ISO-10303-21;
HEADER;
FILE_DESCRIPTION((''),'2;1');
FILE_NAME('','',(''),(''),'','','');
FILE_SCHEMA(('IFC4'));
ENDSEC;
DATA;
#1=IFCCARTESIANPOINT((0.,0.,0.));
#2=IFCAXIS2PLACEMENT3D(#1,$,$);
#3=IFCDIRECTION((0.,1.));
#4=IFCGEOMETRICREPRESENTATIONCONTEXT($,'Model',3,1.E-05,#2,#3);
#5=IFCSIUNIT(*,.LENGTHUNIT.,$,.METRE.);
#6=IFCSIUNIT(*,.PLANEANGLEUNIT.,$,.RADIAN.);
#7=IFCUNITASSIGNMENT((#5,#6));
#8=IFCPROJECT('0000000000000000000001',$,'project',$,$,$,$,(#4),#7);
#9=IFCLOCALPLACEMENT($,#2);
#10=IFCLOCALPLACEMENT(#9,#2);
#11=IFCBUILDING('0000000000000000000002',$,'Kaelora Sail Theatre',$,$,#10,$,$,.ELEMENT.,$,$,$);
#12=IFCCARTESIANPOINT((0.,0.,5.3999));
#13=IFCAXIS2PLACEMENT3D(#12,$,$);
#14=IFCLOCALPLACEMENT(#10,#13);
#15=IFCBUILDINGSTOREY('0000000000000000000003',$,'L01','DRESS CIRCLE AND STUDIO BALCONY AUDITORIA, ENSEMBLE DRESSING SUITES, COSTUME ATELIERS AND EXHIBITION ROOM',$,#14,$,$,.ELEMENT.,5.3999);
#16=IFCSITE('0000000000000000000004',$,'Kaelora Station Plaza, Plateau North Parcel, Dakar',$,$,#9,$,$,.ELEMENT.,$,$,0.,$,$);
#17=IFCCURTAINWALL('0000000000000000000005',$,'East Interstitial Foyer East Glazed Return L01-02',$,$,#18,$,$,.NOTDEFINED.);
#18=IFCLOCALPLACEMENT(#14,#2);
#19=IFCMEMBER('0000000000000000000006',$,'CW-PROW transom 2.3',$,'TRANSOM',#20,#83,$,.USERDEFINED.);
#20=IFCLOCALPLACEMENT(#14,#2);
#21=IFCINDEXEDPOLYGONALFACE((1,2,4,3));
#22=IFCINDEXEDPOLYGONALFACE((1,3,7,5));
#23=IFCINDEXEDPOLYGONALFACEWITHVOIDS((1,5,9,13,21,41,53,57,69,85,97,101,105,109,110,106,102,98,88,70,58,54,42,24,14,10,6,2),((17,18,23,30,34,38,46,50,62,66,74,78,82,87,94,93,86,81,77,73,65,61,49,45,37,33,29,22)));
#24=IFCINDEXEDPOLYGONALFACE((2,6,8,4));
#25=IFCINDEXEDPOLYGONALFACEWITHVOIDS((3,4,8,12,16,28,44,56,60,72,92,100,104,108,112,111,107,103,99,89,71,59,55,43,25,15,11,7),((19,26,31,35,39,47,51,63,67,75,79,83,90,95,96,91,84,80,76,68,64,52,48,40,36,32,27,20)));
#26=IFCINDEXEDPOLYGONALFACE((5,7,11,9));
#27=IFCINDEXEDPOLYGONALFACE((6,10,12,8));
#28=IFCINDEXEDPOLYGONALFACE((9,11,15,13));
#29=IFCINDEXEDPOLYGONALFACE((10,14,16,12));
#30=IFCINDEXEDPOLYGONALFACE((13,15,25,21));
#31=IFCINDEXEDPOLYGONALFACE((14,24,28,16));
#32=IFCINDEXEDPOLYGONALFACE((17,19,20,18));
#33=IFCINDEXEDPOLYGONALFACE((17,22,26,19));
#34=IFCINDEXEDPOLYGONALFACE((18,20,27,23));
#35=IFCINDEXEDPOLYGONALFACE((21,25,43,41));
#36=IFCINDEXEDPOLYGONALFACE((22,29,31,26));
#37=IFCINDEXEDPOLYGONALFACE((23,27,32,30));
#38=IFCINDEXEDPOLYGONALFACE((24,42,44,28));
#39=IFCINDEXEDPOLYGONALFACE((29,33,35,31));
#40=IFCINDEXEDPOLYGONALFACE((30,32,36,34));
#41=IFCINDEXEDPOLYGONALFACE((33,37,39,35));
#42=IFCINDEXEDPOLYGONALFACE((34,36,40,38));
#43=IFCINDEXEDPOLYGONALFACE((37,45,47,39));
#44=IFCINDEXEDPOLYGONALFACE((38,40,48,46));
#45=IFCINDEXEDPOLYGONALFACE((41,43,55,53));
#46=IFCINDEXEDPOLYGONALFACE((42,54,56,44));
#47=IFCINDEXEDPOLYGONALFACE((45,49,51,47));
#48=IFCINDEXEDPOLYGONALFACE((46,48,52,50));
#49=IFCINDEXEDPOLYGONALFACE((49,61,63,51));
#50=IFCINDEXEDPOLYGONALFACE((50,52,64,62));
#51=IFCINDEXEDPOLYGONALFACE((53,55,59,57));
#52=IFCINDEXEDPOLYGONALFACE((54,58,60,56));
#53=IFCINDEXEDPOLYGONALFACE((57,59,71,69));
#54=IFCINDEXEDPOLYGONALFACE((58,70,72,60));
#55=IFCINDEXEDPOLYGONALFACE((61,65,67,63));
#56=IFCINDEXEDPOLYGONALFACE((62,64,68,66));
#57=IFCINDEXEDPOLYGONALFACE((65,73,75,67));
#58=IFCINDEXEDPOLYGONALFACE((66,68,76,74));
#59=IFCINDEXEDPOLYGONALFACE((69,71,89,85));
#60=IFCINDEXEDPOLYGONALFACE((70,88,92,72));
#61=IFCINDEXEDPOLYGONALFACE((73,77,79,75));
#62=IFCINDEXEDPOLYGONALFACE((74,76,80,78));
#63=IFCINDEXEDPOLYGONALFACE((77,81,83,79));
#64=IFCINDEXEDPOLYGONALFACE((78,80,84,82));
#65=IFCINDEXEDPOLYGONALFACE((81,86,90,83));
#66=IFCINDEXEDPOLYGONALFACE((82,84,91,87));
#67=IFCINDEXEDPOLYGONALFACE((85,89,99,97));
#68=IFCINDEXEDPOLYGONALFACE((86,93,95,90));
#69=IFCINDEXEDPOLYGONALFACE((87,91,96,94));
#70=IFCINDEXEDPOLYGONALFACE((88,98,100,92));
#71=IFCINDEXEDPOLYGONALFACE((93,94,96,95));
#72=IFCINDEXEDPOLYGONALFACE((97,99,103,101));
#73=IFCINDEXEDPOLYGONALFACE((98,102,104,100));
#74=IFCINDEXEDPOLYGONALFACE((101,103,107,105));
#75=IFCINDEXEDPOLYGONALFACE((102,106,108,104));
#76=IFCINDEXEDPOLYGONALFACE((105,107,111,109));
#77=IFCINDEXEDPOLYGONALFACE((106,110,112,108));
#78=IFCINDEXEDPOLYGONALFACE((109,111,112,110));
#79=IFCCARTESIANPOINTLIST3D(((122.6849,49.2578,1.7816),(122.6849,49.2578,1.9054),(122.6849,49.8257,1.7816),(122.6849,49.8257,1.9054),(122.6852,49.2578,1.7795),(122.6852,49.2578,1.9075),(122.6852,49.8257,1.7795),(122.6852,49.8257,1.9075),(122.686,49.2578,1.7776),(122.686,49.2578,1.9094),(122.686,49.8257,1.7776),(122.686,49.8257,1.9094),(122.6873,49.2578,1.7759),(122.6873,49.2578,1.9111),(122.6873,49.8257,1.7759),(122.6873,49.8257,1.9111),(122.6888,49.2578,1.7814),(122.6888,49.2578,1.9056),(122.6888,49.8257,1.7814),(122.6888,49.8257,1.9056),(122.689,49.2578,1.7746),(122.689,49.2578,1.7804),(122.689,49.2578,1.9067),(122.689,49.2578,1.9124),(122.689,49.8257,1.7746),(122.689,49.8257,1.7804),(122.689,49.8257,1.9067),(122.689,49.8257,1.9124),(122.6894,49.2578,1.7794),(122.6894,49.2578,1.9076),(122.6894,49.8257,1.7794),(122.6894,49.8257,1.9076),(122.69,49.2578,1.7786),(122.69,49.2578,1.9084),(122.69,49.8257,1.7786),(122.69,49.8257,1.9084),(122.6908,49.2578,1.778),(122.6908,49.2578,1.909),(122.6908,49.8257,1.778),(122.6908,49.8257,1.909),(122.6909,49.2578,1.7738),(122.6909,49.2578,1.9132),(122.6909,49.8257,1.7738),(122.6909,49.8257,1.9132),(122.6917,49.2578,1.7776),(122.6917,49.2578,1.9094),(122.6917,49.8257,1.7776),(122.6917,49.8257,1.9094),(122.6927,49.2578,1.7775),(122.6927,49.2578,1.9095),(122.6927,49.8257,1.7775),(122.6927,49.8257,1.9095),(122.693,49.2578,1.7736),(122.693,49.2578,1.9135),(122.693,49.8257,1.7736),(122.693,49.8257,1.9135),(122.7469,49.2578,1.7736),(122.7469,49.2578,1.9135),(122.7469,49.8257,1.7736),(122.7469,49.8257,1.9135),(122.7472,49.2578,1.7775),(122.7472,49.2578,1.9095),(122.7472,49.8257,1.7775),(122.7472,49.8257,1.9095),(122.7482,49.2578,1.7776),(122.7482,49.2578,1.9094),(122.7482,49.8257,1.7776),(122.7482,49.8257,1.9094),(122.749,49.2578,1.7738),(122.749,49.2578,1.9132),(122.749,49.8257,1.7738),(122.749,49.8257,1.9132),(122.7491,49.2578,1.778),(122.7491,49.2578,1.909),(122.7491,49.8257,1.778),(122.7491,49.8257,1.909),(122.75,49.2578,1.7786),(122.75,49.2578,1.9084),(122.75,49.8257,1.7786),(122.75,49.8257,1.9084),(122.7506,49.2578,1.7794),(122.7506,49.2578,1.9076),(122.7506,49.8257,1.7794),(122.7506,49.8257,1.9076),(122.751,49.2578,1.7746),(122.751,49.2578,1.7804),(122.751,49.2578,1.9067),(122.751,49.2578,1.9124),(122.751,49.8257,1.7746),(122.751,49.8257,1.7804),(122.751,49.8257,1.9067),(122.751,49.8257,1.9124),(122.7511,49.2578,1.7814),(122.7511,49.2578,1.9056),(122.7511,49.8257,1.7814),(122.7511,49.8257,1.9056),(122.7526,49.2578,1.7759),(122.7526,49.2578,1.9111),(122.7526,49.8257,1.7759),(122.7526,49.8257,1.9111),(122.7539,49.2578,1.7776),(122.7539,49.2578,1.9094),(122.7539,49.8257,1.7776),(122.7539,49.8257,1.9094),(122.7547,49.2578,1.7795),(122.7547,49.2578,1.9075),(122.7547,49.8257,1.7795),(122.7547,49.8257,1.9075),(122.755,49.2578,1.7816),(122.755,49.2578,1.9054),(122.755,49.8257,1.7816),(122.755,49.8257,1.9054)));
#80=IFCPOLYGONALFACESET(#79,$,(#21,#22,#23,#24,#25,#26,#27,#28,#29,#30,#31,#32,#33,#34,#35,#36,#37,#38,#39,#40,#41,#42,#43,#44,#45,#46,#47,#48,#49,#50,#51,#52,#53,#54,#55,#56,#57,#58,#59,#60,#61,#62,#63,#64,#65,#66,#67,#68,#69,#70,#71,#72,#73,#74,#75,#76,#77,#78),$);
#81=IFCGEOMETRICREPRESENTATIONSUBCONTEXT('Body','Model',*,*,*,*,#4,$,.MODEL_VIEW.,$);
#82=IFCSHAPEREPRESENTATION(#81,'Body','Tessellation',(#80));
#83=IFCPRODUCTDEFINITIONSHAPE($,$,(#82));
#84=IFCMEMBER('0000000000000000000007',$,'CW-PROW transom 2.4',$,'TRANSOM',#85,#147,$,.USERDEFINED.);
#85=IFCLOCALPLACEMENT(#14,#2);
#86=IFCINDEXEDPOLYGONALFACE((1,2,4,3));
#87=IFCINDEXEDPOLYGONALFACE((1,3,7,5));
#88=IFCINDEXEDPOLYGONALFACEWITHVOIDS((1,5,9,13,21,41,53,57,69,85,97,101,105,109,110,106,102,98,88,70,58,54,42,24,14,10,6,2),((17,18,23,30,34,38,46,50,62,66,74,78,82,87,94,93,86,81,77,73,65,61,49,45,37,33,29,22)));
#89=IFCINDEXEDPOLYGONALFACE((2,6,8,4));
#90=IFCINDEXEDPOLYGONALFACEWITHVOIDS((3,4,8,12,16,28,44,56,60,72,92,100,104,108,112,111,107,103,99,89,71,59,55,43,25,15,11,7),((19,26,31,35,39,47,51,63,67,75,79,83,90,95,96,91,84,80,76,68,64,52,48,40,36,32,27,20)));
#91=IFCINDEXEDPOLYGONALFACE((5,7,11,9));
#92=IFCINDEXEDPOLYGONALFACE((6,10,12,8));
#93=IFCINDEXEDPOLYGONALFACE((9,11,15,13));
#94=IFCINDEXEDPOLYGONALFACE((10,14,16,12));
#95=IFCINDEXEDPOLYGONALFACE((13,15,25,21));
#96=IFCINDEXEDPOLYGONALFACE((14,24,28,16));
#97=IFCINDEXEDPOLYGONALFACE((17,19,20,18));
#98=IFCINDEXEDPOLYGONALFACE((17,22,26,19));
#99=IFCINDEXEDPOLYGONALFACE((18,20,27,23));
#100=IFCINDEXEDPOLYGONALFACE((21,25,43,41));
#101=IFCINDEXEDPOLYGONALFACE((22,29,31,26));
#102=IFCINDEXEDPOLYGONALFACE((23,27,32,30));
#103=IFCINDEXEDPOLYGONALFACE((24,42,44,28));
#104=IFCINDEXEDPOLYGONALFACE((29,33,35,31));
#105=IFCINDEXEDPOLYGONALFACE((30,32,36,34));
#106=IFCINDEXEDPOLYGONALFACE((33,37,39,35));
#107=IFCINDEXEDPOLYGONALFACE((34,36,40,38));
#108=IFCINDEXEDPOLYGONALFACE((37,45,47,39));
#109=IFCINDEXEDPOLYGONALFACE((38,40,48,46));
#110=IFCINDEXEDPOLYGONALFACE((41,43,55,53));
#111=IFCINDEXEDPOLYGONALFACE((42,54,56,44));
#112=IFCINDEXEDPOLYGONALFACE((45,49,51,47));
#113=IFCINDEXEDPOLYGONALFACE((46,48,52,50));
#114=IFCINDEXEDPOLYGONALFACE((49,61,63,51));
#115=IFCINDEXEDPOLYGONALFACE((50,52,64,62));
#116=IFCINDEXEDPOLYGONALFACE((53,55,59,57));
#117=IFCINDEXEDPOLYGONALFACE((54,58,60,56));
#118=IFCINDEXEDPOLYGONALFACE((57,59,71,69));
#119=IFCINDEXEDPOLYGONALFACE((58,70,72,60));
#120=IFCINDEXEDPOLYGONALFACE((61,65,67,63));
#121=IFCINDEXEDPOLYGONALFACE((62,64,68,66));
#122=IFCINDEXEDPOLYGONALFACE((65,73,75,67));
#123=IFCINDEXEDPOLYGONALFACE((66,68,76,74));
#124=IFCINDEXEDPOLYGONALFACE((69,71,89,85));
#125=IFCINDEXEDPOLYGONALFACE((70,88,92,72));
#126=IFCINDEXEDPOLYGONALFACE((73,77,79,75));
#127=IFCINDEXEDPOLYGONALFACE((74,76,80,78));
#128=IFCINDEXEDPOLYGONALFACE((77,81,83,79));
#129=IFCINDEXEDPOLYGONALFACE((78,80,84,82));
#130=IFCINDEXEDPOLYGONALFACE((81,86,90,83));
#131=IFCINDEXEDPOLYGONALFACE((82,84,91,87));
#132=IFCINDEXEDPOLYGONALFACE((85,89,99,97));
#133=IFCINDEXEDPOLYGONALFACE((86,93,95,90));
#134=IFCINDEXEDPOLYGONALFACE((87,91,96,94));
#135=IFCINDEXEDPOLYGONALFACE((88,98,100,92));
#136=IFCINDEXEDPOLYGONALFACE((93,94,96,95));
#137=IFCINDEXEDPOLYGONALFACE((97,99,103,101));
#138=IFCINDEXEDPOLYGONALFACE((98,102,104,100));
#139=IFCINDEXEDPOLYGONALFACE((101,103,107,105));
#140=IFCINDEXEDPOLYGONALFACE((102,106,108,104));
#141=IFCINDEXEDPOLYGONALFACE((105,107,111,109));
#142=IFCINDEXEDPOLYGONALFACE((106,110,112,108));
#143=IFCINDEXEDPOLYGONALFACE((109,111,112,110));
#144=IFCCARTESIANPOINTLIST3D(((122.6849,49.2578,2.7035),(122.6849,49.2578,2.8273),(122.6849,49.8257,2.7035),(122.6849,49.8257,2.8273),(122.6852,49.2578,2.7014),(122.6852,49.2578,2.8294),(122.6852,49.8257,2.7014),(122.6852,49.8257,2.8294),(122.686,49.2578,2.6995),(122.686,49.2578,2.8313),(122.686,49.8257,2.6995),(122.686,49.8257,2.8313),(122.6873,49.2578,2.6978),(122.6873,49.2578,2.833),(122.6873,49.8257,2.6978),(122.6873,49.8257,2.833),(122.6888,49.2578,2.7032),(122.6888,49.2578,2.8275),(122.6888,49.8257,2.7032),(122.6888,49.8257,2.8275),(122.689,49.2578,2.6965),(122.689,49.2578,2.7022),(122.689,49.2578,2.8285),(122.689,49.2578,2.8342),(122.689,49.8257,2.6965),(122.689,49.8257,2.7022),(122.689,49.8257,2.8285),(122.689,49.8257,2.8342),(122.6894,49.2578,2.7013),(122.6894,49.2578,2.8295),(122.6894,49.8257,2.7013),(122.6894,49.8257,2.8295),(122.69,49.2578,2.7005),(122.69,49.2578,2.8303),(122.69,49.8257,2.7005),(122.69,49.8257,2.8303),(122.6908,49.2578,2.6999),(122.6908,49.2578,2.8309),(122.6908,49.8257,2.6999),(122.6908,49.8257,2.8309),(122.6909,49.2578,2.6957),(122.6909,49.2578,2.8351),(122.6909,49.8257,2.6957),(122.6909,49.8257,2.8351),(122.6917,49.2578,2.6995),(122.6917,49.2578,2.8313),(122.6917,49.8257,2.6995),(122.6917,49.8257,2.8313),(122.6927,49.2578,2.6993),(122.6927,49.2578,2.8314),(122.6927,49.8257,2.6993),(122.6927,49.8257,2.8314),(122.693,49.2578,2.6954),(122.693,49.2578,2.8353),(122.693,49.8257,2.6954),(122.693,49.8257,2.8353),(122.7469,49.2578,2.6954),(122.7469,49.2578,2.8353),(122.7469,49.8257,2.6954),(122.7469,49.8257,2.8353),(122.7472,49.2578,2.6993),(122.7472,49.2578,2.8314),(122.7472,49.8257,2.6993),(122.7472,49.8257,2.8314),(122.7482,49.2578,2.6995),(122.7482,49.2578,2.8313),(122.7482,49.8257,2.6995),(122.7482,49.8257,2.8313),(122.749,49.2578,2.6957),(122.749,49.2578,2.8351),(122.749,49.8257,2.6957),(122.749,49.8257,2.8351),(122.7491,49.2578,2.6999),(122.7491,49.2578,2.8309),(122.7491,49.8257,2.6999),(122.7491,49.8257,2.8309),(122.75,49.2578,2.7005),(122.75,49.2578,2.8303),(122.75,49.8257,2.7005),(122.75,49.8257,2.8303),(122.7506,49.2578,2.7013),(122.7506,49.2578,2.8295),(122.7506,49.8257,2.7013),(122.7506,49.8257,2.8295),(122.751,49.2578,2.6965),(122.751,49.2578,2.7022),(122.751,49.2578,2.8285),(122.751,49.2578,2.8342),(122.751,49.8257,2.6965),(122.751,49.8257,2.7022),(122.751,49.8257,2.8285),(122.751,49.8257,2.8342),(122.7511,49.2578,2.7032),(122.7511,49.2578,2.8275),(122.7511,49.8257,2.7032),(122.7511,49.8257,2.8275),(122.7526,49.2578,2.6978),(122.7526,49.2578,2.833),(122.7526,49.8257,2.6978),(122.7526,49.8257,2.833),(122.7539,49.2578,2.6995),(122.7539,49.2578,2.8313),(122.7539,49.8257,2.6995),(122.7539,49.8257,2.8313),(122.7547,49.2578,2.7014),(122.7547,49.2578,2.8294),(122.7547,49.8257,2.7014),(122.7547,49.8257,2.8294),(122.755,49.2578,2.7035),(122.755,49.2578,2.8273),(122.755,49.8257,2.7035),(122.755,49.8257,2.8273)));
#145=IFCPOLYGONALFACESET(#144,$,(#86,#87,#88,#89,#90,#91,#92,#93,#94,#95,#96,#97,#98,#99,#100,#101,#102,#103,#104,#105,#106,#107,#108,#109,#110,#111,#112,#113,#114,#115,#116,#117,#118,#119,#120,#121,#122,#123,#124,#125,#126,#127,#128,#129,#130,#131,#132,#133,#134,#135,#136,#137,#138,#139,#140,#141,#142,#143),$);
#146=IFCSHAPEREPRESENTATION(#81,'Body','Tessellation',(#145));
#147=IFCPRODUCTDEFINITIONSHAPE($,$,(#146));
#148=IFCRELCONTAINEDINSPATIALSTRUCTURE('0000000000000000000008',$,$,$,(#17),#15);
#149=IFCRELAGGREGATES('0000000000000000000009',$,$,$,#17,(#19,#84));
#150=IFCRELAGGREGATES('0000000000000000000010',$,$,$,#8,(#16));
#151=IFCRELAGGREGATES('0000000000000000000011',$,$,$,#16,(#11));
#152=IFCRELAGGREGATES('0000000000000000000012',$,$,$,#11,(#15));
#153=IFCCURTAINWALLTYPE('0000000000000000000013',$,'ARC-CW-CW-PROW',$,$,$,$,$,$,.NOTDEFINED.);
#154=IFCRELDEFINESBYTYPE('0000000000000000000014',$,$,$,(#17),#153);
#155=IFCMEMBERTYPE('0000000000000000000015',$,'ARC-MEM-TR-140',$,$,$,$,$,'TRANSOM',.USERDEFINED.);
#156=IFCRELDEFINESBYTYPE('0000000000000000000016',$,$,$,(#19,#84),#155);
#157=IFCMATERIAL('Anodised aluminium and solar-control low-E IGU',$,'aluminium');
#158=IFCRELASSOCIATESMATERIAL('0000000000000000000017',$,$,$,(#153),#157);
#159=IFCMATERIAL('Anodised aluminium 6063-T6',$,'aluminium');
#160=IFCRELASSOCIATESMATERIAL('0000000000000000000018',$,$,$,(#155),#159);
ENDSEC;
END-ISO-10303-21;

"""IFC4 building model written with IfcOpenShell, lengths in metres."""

from ifc_helpers import new_model, si_unit, direction, frame, origin, origin_2d, place, context, subcontext, project, spatial, hollow_rectangle, extrude, material, material_profile, profile_set, type_object, element, aggregate, save


model = new_model("IFC4")

# Units and contexts
model_context = context("Model", 3, precision=1e-05, world=origin(), true_north=direction((0.0, 1.0)))
body_context = subcontext(model_context, "Body", "Model", "MODEL_VIEW")
ifc_project = project(units=[si_unit("LENGTHUNIT", "METRE"), si_unit("PLANEANGLEUNIT", "RADIAN")], contexts=[model_context])

# Site, building, storey
site_placement = place(None, origin())
site = spatial("IfcSite", under=ifc_project, at=site_placement, Name="Kaelora Station Plaza, Plateau North Parcel, Dakar", CompositionType="ELEMENT", RefElevation=0.0)
building_placement = place(site_placement, origin())
building = spatial("IfcBuilding", under=site, at=building_placement, Name="Kaelora Sail Theatre", CompositionType="ELEMENT")
storey_placement = place(building_placement, frame((0.0, 0.0, 5.3999)))
storey = spatial("IfcBuildingStorey", under=building, at=storey_placement, Name="L01", Description="DRESS CIRCLE AND STUDIO BALCONY AUDITORIA, ENSEMBLE DRESSING SUITES, COSTUME ATELIERS AND EXHIBITION ROOM", CompositionType="ELEMENT", Elevation=5.3999)

# Curtain wall, members
ifc_material_1 = material(Name="Anodised aluminium and solar-control low-E IGU", Category="aluminium")
curtain_wall_type = type_object("IfcCurtainWallType", Name="ARC-CW-CW-PROW", PredefinedType="NOTDEFINED", material=ifc_material_1)
ifc_material_2 = material(Name="Anodised aluminium 6063-T6", Category="aluminium")
ifc_material_profile_1 = material_profile(ifc_material_2, hollow_rectangle(XDim=0.0701, YDim=0.1399, WallThickness=0.0039, InnerFilletRadius=0.0039, OuterFilletRadius=0.0081, at=origin_2d()), Name="ALU-TRAN 70x140x4")
ifc_profile_set_1 = profile_set([ifc_material_profile_1], Name="Anodised aluminium 6063-T6")
member_type_1 = type_object("IfcMemberType", Name="ARC-MEM-TR-140", ElementType="TRANSOM", PredefinedType="USERDEFINED", material=ifc_profile_set_1)
curtain_wall_1_placement = place(storey_placement, origin())
curtain_wall_1 = element("IfcCurtainWall", 1, at=curtain_wall_1_placement, inside=storey, type_object=curtain_wall_type, Name="East Interstitial Foyer East Glazed Return L01-02", PredefinedType="NOTDEFINED")
member_1_placement = place(storey_placement, frame((122.72, 49.2578, 1.8435), z_axis=(0.0, 1.0, 0.0), x_axis=(-1.0, 0.0, 0.0)))
member_1 = element("IfcMember", 2, at=member_1_placement, type_object=member_type_1, Name="CW-PROW transom 2.3", ObjectType="TRANSOM", PredefinedType="USERDEFINED", context=body_context, shape_type="SweptSolid", body=[
    extrude(hollow_rectangle(XDim=0.0701, YDim=0.1399, WallThickness=0.0039, InnerFilletRadius=0.0039, OuterFilletRadius=0.0081, at=origin_2d()), origin(), (0.0, 0.0, 1.0), 0.5679),
])
member_2_placement = place(storey_placement, frame((122.72, 49.2578, 2.7654), z_axis=(0.0, 1.0, 0.0), x_axis=(-1.0, 0.0, 0.0)))
member_2 = element("IfcMember", 3, at=member_2_placement, type_object=member_type_1, Name="CW-PROW transom 2.4", ObjectType="TRANSOM", PredefinedType="USERDEFINED", context=body_context, shape_type="SweptSolid", body=[
    extrude(hollow_rectangle(XDim=0.0701, YDim=0.1399, WallThickness=0.0039, InnerFilletRadius=0.0039, OuterFilletRadius=0.0081, at=origin_2d()), origin(), (0.0, 0.0, 1.0), 0.5679),
])

aggregate(curtain_wall_1, [member_1, member_2])

save(model, "model.ifc")
